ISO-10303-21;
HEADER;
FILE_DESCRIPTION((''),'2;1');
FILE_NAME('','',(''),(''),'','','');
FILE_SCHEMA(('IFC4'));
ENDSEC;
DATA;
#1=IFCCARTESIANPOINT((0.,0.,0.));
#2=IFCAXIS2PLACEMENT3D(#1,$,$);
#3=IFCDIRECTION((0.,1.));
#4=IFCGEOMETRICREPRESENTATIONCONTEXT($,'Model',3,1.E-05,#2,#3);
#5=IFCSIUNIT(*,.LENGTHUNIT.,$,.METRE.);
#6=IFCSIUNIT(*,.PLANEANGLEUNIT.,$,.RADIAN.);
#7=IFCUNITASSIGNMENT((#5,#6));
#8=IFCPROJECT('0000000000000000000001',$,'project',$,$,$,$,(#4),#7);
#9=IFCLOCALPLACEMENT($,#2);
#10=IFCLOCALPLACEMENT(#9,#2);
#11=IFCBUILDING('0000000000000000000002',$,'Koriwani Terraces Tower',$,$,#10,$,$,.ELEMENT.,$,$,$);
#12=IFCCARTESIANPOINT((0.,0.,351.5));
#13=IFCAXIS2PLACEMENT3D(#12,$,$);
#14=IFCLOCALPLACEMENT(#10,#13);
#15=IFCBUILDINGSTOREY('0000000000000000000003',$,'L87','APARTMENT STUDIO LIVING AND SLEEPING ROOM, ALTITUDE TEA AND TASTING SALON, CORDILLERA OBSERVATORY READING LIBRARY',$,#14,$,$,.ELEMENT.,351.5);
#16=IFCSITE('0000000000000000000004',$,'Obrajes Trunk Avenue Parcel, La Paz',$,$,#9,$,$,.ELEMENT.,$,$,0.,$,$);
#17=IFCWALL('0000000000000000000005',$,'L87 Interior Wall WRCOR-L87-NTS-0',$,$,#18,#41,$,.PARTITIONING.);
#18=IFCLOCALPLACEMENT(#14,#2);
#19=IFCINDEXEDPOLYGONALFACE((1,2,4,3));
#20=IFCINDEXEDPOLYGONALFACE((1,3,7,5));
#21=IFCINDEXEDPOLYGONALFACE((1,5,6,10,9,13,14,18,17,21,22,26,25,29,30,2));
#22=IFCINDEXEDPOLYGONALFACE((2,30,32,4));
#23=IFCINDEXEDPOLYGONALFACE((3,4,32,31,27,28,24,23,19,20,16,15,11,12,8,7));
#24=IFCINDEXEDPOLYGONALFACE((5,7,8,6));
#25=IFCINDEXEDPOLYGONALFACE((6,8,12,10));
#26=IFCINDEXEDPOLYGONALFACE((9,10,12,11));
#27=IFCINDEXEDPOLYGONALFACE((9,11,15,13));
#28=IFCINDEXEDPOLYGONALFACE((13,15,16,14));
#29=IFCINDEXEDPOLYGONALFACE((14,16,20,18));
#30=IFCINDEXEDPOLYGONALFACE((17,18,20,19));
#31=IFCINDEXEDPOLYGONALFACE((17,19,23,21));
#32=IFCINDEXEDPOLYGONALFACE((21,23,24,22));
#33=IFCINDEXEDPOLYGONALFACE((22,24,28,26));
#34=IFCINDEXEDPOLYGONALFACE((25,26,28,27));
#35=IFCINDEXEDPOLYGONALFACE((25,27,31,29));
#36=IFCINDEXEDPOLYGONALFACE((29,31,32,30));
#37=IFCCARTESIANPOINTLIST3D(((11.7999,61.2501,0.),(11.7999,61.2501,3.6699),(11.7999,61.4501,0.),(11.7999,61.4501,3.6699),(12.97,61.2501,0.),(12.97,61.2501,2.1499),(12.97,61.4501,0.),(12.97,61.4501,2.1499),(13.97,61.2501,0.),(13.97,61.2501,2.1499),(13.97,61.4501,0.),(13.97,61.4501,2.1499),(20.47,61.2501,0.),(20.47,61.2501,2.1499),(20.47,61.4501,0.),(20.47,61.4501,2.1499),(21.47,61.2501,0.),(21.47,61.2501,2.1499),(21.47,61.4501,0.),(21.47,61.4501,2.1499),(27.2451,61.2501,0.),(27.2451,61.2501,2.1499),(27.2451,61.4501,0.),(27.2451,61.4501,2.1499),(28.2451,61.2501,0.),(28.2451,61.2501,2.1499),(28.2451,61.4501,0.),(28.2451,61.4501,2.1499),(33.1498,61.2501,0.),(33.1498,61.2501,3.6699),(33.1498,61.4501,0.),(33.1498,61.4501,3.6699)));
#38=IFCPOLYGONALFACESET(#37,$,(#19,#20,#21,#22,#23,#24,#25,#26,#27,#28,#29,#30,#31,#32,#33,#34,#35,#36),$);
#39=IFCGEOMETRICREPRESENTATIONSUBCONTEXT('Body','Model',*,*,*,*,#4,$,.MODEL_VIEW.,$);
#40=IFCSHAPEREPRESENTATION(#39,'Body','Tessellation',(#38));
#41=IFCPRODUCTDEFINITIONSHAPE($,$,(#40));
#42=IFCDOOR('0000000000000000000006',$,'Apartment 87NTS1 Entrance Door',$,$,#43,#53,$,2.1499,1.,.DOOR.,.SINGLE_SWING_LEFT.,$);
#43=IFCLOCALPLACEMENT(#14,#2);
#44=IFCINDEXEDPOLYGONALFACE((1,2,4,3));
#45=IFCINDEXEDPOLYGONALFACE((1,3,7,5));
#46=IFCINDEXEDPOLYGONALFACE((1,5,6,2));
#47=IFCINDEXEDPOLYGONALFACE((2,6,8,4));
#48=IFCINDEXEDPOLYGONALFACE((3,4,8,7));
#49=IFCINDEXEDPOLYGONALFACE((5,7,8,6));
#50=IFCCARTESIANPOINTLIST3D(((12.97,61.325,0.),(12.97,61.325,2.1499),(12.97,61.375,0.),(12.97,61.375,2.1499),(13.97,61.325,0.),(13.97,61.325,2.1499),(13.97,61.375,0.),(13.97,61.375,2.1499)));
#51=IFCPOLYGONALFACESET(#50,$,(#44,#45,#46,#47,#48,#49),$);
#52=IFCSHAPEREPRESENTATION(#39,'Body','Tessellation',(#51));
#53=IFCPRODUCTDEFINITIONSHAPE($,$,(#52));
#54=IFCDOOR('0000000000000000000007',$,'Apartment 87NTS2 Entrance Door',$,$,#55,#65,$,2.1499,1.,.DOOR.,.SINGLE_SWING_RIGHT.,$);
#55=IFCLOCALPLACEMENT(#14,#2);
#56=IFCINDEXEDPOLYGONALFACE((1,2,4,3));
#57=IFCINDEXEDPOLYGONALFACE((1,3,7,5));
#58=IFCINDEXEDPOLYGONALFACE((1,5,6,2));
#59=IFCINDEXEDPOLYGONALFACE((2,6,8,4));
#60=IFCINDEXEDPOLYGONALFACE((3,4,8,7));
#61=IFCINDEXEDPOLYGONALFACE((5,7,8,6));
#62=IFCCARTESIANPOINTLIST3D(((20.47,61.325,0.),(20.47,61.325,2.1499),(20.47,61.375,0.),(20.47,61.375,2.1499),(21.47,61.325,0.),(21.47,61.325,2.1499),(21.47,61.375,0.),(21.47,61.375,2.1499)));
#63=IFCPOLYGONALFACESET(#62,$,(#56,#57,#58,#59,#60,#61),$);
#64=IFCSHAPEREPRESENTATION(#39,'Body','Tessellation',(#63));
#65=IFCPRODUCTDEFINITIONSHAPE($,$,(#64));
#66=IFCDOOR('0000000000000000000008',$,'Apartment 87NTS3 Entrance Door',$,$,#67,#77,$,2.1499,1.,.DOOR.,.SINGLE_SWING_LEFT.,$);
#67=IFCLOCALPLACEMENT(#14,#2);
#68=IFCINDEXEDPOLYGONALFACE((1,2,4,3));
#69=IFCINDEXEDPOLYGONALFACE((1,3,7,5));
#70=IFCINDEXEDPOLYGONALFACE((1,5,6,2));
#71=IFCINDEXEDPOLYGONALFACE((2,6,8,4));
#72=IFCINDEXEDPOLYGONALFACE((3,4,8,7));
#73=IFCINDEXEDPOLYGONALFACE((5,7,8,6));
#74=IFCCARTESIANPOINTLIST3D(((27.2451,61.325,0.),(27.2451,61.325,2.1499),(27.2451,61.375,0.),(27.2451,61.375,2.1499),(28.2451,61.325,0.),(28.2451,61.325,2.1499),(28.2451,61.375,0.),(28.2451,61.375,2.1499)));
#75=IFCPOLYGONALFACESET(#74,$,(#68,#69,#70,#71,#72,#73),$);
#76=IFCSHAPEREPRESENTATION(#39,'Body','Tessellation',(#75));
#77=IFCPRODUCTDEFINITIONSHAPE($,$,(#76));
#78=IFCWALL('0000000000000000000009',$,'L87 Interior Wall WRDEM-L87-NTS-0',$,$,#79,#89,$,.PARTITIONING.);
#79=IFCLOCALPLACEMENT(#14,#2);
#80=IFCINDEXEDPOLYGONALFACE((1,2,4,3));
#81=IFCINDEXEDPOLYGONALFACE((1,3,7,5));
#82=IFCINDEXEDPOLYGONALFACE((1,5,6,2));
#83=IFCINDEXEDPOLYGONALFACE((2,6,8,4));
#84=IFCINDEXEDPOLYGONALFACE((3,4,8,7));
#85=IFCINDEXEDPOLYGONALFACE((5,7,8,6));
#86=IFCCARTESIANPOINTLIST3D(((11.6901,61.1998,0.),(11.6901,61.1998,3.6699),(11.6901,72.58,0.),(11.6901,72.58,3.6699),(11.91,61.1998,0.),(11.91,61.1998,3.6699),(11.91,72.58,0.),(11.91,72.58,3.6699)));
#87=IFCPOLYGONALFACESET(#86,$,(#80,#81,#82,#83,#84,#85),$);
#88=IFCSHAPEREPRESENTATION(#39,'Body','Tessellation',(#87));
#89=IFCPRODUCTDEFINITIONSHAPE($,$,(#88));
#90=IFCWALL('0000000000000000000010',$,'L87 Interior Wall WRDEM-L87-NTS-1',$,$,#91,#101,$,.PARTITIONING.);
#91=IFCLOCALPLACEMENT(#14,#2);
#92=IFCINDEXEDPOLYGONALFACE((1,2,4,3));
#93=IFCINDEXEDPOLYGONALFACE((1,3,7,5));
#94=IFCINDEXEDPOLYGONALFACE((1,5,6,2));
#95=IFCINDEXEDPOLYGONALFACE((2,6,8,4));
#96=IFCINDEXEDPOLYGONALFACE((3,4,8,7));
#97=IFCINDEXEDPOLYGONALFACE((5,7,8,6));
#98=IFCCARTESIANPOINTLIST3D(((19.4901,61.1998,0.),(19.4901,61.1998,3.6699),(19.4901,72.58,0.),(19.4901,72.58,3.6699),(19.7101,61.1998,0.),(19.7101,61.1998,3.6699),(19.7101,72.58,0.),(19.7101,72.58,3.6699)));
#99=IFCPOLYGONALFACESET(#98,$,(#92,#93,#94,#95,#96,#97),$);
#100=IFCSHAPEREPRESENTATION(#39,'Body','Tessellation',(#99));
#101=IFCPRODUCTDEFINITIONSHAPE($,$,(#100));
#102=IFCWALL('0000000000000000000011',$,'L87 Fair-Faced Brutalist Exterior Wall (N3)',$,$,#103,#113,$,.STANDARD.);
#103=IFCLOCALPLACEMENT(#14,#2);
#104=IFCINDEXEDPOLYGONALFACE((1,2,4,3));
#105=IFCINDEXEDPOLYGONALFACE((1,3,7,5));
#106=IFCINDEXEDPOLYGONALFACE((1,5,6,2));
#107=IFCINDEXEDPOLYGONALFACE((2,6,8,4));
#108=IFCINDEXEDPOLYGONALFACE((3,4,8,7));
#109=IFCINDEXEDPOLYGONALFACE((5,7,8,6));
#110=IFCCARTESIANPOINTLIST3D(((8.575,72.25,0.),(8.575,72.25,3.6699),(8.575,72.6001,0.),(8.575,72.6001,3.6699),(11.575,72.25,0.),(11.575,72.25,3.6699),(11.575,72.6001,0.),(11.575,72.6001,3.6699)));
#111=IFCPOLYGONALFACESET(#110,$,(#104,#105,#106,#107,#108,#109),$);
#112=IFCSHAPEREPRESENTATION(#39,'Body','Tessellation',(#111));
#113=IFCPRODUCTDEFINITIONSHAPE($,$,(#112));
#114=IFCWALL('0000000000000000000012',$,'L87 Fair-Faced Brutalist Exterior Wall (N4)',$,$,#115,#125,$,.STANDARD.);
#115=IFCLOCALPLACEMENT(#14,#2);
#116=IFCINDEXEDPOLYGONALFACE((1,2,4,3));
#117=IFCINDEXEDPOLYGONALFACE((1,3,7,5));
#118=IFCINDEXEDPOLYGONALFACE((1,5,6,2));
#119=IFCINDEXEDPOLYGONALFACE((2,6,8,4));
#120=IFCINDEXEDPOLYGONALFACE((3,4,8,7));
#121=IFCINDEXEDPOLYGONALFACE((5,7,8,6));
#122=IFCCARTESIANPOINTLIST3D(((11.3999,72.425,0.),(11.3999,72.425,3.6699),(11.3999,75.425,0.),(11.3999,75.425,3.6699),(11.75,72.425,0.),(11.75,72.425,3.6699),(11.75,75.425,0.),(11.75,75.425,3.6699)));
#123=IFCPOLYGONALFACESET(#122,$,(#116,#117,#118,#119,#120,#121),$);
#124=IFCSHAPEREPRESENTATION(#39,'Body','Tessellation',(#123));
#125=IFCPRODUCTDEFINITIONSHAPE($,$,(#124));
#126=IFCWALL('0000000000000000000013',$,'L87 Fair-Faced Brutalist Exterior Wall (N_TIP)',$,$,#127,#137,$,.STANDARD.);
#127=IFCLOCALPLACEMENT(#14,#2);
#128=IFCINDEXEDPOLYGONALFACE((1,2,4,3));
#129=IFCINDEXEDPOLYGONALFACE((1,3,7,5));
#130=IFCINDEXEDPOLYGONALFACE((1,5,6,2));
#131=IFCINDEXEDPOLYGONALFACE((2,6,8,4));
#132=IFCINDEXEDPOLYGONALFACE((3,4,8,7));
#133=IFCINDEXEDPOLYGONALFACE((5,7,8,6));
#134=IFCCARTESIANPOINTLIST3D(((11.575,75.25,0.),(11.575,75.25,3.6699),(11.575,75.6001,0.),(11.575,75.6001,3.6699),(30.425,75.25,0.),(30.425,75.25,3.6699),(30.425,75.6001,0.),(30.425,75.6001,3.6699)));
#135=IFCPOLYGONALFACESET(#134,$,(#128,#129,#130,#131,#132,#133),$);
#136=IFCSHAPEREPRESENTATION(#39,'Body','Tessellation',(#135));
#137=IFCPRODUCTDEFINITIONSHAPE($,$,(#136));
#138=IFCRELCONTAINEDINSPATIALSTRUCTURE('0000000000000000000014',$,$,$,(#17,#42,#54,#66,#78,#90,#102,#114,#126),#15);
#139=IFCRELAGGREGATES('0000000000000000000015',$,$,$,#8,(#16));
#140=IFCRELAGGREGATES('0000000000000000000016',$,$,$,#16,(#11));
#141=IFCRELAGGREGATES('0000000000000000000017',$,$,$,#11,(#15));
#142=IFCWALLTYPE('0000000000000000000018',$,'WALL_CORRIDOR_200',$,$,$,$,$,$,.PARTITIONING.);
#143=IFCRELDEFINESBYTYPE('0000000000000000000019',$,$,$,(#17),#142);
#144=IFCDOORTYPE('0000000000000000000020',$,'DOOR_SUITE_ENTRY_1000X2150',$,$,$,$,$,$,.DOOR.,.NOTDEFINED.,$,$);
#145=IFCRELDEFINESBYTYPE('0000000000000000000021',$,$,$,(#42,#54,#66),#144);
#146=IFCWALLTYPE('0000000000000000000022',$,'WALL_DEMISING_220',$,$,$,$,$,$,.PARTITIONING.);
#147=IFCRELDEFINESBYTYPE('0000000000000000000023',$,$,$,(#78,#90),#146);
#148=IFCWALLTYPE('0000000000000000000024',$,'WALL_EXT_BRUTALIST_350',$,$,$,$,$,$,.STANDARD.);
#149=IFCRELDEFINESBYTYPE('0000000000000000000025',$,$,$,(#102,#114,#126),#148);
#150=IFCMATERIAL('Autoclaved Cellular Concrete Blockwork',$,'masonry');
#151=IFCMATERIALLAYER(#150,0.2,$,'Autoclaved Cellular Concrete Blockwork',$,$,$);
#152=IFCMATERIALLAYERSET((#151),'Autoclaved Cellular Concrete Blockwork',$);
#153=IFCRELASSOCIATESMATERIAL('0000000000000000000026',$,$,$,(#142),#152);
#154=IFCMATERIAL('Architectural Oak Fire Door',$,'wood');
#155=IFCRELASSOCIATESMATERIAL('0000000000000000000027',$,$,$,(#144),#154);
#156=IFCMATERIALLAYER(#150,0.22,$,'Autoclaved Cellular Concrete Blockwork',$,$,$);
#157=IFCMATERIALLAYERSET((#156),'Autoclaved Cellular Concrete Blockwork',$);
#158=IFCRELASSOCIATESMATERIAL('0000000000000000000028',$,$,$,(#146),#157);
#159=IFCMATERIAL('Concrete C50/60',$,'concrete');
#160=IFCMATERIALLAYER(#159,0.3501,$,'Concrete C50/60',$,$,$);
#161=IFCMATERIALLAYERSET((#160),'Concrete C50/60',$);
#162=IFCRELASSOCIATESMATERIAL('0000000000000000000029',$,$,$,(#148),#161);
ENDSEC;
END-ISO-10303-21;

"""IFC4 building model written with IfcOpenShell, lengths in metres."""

from ifc_helpers import new_model, si_unit, direction, frame, frame_2d, origin, place, context, subcontext, project, spatial, rectangle, extrude, material, layer, layer_set, type_object, element, fill, save


model = new_model("IFC4")

# Units and contexts
model_context = context("Model", 3, precision=1e-05, world=origin(), true_north=direction((0.0, 1.0)))
body_context = subcontext(model_context, "Body", "Model", "MODEL_VIEW")
ifc_project = project(units=[si_unit("LENGTHUNIT", "METRE"), si_unit("PLANEANGLEUNIT", "RADIAN")], contexts=[model_context])

# Site, building, storey
site_placement = place(None, origin())
site = spatial("IfcSite", under=ifc_project, at=site_placement, Name="Obrajes Trunk Avenue Parcel, La Paz", CompositionType="ELEMENT", RefElevation=0.0)
building_placement = place(site_placement, origin())
building = spatial("IfcBuilding", under=site, at=building_placement, Name="Koriwani Terraces Tower", CompositionType="ELEMENT")
storey_placement = place(building_placement, frame((0.0, 0.0, 351.5)))
storey = spatial("IfcBuildingStorey", under=building, at=storey_placement, Name="L87", Description="APARTMENT STUDIO LIVING AND SLEEPING ROOM, ALTITUDE TEA AND TASTING SALON, CORDILLERA OBSERVATORY READING LIBRARY", CompositionType="ELEMENT", Elevation=351.5)

# Shared definitions
ifc_material_1 = material(Name="Concrete C50/60", Category="concrete")

# Shared definitions
ifc_material_2 = material(Name="Autoclaved Cellular Concrete Blockwork", Category="masonry")
ifc_layer_1 = layer(ifc_material_2, 0.2, Name="Autoclaved Cellular Concrete Blockwork")
ifc_layer_set_1 = layer_set([ifc_layer_1], Name="Autoclaved Cellular Concrete Blockwork")
wall_type_1 = type_object("IfcWallType", Name="WALL_CORRIDOR_200", PredefinedType="PARTITIONING", material=ifc_layer_set_1)
ifc_material_3 = material(Name="Architectural Oak Fire Door", Category="wood")
door_type_1 = type_object("IfcDoorType", Name="DOOR_SUITE_ENTRY_1000X2150", OperationType="NOTDEFINED", PredefinedType="DOOR", material=ifc_material_3)

# Wall, openings, doors
wall_1_placement = place(storey_placement, frame((11.8, 61.3501, 0.0), z_axis=(0.0, 0.0, 1.0), x_axis=(1.0, 0.0, 0.0)))
wall_1 = element("IfcWall", 1, at=wall_1_placement, inside=storey, type_object=wall_type_1, Name="L87 Interior Wall WRCOR-L87-NTS-0", PredefinedType="PARTITIONING", context=body_context, shape_type="SweptSolid", body=[
    extrude(rectangle(XDim=21.3499, YDim=0.2, at=frame_2d((10.6748, 0.0))), origin(), (0.0, 0.0, 1.0), 3.6699),
])
opening_1_placement = place(wall_1_placement, frame((1.1699, 0.0, 0.0)))
opening_1 = element("IfcOpeningElement", 2, at=opening_1_placement, cuts=wall_1, PredefinedType="OPENING", context=body_context, shape_type="SweptSolid", body=[
    extrude(rectangle(XDim=1.0, YDim=2.1499, at=frame_2d((0.5, 1.075))), frame((0.0, 0.1099, 0.0), z_axis=(0.0, -1.0, 0.0), x_axis=(1.0, 0.0, 0.0)), (0.0, 0.0, 1.0), 0.22),
])
opening_2_placement = place(wall_1_placement, frame((8.6699, 0.0, 0.0)))
opening_2 = element("IfcOpeningElement", 3, at=opening_2_placement, cuts=wall_1, PredefinedType="OPENING", context=body_context, shape_type="SweptSolid", body=[
    extrude(rectangle(XDim=1.0, YDim=2.1499, at=frame_2d((0.5, 1.075))), frame((0.0, 0.1099, 0.0), z_axis=(0.0, -1.0, 0.0), x_axis=(1.0, 0.0, 0.0)), (0.0, 0.0, 1.0), 0.22),
])
opening_3_placement = place(wall_1_placement, frame((15.4451, 0.0, 0.0)))
opening_3 = element("IfcOpeningElement", 4, at=opening_3_placement, cuts=wall_1, PredefinedType="OPENING", context=body_context, shape_type="SweptSolid", body=[
    extrude(rectangle(XDim=1.0, YDim=2.1499, at=frame_2d((0.5, 1.075))), frame((0.0, 0.1099, 0.0), z_axis=(0.0, -1.0, 0.0), x_axis=(1.0, 0.0, 0.0)), (0.0, 0.0, 1.0), 0.22),
])
door_1_placement = place(opening_1_placement, origin())
door_1 = element("IfcDoor", 5, at=door_1_placement, inside=storey, type_object=door_type_1, Name="Apartment 87NTS1 Entrance Door", OperationType="SINGLE_SWING_LEFT", OverallHeight=2.1499, OverallWidth=1.0, PredefinedType="DOOR", context=body_context, shape_type="SweptSolid", body=[
    extrude(rectangle(XDim=1.0, YDim=2.1499, at=frame_2d((0.5, 1.075))), frame((0.0, 0.0249, 0.0), z_axis=(0.0, -1.0, 0.0), x_axis=(1.0, 0.0, 0.0)), (0.0, 0.0, 1.0), 0.05),
])
fill(opening_1, door_1)
door_2_placement = place(opening_2_placement, origin())
door_2 = element("IfcDoor", 6, at=door_2_placement, inside=storey, type_object=door_type_1, Name="Apartment 87NTS2 Entrance Door", OperationType="SINGLE_SWING_RIGHT", OverallHeight=2.1499, OverallWidth=1.0, PredefinedType="DOOR", context=body_context, shape_type="SweptSolid", body=[
    extrude(rectangle(XDim=1.0, YDim=2.1499, at=frame_2d((0.5, 1.075))), frame((0.0, 0.0249, 0.0), z_axis=(0.0, -1.0, 0.0), x_axis=(1.0, 0.0, 0.0)), (0.0, 0.0, 1.0), 0.05),
])
fill(opening_2, door_2)
door_3_placement = place(opening_3_placement, origin())
door_3 = element("IfcDoor", 7, at=door_3_placement, inside=storey, type_object=door_type_1, Name="Apartment 87NTS3 Entrance Door", OperationType="SINGLE_SWING_LEFT", OverallHeight=2.1499, OverallWidth=1.0, PredefinedType="DOOR", context=body_context, shape_type="SweptSolid", body=[
    extrude(rectangle(XDim=1.0, YDim=2.1499, at=frame_2d((0.5, 1.075))), frame((0.0, 0.0249, 0.0), z_axis=(0.0, -1.0, 0.0), x_axis=(1.0, 0.0, 0.0)), (0.0, 0.0, 1.0), 0.05),
])
fill(opening_3, door_3)

# Walls
ifc_layer_2 = layer(ifc_material_2, 0.22, Name="Autoclaved Cellular Concrete Blockwork")
ifc_layer_set_2 = layer_set([ifc_layer_2], Name="Autoclaved Cellular Concrete Blockwork")
wall_type_2 = type_object("IfcWallType", Name="WALL_DEMISING_220", PredefinedType="PARTITIONING", material=ifc_layer_set_2)
for number, where, z_axis, x_axis, name in (
    (8, (11.8, 61.2, 0.0), (0.0, 0.0, 1.0), (0.0, 1.0, 0.0), "L87 Interior Wall WRDEM-L87-NTS-0"),
    (9, (19.6001, 61.2, 0.0), (0.0, 0.0, 1.0), (0.0, 1.0, 0.0), "L87 Interior Wall WRDEM-L87-NTS-1"),
):
    element("IfcWall", number, at=place(storey_placement, frame(where, z_axis=z_axis, x_axis=x_axis)), inside=storey, type_object=wall_type_2, Name=name, PredefinedType="PARTITIONING", context=body_context, shape_type="SweptSolid", body=[
        extrude(rectangle(XDim=11.3801, YDim=0.22, at=frame_2d((5.6899, 0.0))), origin(), (0.0, 0.0, 1.0), 3.6699),
    ])
ifc_layer_3 = layer(ifc_material_1, 0.3501, Name="Concrete C50/60")
ifc_layer_set_3 = layer_set([ifc_layer_3], Name="Concrete C50/60")
wall_type_3 = type_object("IfcWallType", Name="WALL_EXT_BRUTALIST_350", PredefinedType="STANDARD", material=ifc_layer_set_3)
for number, where, z_axis, x_axis, name in (
    (10, (8.575, 72.425, 0.0), (0.0, 0.0, 1.0), (1.0, 0.0, 0.0), "L87 Fair-Faced Brutalist Exterior Wall (N3)"),
    (11, (11.575, 72.425, 0.0), (0.0, 0.0, 1.0), (0.0, 1.0, 0.0), "L87 Fair-Faced Brutalist Exterior Wall (N4)"),
):
    element("IfcWall", number, at=place(storey_placement, frame(where, z_axis=z_axis, x_axis=x_axis)), inside=storey, type_object=wall_type_3, Name=name, PredefinedType="STANDARD", context=body_context, shape_type="SweptSolid", body=[
        extrude(rectangle(XDim=3.0, YDim=0.3501, at=frame_2d((1.5, 0.0))), origin(), (0.0, 0.0, 1.0), 3.6699),
    ])
wall_2_placement = place(storey_placement, frame((11.575, 75.425, 0.0), z_axis=(0.0, 0.0, 1.0), x_axis=(1.0, 0.0, 0.0)))
element("IfcWall", 12, at=wall_2_placement, inside=storey, type_object=wall_type_3, Name="L87 Fair-Faced Brutalist Exterior Wall (N_TIP)", PredefinedType="STANDARD", context=body_context, shape_type="SweptSolid", body=[
    extrude(rectangle(XDim=18.8501, YDim=0.3501, at=frame_2d((9.425, 0.0))), origin(), (0.0, 0.0, 1.0), 3.6699),
])

save(model, "model.ifc")
